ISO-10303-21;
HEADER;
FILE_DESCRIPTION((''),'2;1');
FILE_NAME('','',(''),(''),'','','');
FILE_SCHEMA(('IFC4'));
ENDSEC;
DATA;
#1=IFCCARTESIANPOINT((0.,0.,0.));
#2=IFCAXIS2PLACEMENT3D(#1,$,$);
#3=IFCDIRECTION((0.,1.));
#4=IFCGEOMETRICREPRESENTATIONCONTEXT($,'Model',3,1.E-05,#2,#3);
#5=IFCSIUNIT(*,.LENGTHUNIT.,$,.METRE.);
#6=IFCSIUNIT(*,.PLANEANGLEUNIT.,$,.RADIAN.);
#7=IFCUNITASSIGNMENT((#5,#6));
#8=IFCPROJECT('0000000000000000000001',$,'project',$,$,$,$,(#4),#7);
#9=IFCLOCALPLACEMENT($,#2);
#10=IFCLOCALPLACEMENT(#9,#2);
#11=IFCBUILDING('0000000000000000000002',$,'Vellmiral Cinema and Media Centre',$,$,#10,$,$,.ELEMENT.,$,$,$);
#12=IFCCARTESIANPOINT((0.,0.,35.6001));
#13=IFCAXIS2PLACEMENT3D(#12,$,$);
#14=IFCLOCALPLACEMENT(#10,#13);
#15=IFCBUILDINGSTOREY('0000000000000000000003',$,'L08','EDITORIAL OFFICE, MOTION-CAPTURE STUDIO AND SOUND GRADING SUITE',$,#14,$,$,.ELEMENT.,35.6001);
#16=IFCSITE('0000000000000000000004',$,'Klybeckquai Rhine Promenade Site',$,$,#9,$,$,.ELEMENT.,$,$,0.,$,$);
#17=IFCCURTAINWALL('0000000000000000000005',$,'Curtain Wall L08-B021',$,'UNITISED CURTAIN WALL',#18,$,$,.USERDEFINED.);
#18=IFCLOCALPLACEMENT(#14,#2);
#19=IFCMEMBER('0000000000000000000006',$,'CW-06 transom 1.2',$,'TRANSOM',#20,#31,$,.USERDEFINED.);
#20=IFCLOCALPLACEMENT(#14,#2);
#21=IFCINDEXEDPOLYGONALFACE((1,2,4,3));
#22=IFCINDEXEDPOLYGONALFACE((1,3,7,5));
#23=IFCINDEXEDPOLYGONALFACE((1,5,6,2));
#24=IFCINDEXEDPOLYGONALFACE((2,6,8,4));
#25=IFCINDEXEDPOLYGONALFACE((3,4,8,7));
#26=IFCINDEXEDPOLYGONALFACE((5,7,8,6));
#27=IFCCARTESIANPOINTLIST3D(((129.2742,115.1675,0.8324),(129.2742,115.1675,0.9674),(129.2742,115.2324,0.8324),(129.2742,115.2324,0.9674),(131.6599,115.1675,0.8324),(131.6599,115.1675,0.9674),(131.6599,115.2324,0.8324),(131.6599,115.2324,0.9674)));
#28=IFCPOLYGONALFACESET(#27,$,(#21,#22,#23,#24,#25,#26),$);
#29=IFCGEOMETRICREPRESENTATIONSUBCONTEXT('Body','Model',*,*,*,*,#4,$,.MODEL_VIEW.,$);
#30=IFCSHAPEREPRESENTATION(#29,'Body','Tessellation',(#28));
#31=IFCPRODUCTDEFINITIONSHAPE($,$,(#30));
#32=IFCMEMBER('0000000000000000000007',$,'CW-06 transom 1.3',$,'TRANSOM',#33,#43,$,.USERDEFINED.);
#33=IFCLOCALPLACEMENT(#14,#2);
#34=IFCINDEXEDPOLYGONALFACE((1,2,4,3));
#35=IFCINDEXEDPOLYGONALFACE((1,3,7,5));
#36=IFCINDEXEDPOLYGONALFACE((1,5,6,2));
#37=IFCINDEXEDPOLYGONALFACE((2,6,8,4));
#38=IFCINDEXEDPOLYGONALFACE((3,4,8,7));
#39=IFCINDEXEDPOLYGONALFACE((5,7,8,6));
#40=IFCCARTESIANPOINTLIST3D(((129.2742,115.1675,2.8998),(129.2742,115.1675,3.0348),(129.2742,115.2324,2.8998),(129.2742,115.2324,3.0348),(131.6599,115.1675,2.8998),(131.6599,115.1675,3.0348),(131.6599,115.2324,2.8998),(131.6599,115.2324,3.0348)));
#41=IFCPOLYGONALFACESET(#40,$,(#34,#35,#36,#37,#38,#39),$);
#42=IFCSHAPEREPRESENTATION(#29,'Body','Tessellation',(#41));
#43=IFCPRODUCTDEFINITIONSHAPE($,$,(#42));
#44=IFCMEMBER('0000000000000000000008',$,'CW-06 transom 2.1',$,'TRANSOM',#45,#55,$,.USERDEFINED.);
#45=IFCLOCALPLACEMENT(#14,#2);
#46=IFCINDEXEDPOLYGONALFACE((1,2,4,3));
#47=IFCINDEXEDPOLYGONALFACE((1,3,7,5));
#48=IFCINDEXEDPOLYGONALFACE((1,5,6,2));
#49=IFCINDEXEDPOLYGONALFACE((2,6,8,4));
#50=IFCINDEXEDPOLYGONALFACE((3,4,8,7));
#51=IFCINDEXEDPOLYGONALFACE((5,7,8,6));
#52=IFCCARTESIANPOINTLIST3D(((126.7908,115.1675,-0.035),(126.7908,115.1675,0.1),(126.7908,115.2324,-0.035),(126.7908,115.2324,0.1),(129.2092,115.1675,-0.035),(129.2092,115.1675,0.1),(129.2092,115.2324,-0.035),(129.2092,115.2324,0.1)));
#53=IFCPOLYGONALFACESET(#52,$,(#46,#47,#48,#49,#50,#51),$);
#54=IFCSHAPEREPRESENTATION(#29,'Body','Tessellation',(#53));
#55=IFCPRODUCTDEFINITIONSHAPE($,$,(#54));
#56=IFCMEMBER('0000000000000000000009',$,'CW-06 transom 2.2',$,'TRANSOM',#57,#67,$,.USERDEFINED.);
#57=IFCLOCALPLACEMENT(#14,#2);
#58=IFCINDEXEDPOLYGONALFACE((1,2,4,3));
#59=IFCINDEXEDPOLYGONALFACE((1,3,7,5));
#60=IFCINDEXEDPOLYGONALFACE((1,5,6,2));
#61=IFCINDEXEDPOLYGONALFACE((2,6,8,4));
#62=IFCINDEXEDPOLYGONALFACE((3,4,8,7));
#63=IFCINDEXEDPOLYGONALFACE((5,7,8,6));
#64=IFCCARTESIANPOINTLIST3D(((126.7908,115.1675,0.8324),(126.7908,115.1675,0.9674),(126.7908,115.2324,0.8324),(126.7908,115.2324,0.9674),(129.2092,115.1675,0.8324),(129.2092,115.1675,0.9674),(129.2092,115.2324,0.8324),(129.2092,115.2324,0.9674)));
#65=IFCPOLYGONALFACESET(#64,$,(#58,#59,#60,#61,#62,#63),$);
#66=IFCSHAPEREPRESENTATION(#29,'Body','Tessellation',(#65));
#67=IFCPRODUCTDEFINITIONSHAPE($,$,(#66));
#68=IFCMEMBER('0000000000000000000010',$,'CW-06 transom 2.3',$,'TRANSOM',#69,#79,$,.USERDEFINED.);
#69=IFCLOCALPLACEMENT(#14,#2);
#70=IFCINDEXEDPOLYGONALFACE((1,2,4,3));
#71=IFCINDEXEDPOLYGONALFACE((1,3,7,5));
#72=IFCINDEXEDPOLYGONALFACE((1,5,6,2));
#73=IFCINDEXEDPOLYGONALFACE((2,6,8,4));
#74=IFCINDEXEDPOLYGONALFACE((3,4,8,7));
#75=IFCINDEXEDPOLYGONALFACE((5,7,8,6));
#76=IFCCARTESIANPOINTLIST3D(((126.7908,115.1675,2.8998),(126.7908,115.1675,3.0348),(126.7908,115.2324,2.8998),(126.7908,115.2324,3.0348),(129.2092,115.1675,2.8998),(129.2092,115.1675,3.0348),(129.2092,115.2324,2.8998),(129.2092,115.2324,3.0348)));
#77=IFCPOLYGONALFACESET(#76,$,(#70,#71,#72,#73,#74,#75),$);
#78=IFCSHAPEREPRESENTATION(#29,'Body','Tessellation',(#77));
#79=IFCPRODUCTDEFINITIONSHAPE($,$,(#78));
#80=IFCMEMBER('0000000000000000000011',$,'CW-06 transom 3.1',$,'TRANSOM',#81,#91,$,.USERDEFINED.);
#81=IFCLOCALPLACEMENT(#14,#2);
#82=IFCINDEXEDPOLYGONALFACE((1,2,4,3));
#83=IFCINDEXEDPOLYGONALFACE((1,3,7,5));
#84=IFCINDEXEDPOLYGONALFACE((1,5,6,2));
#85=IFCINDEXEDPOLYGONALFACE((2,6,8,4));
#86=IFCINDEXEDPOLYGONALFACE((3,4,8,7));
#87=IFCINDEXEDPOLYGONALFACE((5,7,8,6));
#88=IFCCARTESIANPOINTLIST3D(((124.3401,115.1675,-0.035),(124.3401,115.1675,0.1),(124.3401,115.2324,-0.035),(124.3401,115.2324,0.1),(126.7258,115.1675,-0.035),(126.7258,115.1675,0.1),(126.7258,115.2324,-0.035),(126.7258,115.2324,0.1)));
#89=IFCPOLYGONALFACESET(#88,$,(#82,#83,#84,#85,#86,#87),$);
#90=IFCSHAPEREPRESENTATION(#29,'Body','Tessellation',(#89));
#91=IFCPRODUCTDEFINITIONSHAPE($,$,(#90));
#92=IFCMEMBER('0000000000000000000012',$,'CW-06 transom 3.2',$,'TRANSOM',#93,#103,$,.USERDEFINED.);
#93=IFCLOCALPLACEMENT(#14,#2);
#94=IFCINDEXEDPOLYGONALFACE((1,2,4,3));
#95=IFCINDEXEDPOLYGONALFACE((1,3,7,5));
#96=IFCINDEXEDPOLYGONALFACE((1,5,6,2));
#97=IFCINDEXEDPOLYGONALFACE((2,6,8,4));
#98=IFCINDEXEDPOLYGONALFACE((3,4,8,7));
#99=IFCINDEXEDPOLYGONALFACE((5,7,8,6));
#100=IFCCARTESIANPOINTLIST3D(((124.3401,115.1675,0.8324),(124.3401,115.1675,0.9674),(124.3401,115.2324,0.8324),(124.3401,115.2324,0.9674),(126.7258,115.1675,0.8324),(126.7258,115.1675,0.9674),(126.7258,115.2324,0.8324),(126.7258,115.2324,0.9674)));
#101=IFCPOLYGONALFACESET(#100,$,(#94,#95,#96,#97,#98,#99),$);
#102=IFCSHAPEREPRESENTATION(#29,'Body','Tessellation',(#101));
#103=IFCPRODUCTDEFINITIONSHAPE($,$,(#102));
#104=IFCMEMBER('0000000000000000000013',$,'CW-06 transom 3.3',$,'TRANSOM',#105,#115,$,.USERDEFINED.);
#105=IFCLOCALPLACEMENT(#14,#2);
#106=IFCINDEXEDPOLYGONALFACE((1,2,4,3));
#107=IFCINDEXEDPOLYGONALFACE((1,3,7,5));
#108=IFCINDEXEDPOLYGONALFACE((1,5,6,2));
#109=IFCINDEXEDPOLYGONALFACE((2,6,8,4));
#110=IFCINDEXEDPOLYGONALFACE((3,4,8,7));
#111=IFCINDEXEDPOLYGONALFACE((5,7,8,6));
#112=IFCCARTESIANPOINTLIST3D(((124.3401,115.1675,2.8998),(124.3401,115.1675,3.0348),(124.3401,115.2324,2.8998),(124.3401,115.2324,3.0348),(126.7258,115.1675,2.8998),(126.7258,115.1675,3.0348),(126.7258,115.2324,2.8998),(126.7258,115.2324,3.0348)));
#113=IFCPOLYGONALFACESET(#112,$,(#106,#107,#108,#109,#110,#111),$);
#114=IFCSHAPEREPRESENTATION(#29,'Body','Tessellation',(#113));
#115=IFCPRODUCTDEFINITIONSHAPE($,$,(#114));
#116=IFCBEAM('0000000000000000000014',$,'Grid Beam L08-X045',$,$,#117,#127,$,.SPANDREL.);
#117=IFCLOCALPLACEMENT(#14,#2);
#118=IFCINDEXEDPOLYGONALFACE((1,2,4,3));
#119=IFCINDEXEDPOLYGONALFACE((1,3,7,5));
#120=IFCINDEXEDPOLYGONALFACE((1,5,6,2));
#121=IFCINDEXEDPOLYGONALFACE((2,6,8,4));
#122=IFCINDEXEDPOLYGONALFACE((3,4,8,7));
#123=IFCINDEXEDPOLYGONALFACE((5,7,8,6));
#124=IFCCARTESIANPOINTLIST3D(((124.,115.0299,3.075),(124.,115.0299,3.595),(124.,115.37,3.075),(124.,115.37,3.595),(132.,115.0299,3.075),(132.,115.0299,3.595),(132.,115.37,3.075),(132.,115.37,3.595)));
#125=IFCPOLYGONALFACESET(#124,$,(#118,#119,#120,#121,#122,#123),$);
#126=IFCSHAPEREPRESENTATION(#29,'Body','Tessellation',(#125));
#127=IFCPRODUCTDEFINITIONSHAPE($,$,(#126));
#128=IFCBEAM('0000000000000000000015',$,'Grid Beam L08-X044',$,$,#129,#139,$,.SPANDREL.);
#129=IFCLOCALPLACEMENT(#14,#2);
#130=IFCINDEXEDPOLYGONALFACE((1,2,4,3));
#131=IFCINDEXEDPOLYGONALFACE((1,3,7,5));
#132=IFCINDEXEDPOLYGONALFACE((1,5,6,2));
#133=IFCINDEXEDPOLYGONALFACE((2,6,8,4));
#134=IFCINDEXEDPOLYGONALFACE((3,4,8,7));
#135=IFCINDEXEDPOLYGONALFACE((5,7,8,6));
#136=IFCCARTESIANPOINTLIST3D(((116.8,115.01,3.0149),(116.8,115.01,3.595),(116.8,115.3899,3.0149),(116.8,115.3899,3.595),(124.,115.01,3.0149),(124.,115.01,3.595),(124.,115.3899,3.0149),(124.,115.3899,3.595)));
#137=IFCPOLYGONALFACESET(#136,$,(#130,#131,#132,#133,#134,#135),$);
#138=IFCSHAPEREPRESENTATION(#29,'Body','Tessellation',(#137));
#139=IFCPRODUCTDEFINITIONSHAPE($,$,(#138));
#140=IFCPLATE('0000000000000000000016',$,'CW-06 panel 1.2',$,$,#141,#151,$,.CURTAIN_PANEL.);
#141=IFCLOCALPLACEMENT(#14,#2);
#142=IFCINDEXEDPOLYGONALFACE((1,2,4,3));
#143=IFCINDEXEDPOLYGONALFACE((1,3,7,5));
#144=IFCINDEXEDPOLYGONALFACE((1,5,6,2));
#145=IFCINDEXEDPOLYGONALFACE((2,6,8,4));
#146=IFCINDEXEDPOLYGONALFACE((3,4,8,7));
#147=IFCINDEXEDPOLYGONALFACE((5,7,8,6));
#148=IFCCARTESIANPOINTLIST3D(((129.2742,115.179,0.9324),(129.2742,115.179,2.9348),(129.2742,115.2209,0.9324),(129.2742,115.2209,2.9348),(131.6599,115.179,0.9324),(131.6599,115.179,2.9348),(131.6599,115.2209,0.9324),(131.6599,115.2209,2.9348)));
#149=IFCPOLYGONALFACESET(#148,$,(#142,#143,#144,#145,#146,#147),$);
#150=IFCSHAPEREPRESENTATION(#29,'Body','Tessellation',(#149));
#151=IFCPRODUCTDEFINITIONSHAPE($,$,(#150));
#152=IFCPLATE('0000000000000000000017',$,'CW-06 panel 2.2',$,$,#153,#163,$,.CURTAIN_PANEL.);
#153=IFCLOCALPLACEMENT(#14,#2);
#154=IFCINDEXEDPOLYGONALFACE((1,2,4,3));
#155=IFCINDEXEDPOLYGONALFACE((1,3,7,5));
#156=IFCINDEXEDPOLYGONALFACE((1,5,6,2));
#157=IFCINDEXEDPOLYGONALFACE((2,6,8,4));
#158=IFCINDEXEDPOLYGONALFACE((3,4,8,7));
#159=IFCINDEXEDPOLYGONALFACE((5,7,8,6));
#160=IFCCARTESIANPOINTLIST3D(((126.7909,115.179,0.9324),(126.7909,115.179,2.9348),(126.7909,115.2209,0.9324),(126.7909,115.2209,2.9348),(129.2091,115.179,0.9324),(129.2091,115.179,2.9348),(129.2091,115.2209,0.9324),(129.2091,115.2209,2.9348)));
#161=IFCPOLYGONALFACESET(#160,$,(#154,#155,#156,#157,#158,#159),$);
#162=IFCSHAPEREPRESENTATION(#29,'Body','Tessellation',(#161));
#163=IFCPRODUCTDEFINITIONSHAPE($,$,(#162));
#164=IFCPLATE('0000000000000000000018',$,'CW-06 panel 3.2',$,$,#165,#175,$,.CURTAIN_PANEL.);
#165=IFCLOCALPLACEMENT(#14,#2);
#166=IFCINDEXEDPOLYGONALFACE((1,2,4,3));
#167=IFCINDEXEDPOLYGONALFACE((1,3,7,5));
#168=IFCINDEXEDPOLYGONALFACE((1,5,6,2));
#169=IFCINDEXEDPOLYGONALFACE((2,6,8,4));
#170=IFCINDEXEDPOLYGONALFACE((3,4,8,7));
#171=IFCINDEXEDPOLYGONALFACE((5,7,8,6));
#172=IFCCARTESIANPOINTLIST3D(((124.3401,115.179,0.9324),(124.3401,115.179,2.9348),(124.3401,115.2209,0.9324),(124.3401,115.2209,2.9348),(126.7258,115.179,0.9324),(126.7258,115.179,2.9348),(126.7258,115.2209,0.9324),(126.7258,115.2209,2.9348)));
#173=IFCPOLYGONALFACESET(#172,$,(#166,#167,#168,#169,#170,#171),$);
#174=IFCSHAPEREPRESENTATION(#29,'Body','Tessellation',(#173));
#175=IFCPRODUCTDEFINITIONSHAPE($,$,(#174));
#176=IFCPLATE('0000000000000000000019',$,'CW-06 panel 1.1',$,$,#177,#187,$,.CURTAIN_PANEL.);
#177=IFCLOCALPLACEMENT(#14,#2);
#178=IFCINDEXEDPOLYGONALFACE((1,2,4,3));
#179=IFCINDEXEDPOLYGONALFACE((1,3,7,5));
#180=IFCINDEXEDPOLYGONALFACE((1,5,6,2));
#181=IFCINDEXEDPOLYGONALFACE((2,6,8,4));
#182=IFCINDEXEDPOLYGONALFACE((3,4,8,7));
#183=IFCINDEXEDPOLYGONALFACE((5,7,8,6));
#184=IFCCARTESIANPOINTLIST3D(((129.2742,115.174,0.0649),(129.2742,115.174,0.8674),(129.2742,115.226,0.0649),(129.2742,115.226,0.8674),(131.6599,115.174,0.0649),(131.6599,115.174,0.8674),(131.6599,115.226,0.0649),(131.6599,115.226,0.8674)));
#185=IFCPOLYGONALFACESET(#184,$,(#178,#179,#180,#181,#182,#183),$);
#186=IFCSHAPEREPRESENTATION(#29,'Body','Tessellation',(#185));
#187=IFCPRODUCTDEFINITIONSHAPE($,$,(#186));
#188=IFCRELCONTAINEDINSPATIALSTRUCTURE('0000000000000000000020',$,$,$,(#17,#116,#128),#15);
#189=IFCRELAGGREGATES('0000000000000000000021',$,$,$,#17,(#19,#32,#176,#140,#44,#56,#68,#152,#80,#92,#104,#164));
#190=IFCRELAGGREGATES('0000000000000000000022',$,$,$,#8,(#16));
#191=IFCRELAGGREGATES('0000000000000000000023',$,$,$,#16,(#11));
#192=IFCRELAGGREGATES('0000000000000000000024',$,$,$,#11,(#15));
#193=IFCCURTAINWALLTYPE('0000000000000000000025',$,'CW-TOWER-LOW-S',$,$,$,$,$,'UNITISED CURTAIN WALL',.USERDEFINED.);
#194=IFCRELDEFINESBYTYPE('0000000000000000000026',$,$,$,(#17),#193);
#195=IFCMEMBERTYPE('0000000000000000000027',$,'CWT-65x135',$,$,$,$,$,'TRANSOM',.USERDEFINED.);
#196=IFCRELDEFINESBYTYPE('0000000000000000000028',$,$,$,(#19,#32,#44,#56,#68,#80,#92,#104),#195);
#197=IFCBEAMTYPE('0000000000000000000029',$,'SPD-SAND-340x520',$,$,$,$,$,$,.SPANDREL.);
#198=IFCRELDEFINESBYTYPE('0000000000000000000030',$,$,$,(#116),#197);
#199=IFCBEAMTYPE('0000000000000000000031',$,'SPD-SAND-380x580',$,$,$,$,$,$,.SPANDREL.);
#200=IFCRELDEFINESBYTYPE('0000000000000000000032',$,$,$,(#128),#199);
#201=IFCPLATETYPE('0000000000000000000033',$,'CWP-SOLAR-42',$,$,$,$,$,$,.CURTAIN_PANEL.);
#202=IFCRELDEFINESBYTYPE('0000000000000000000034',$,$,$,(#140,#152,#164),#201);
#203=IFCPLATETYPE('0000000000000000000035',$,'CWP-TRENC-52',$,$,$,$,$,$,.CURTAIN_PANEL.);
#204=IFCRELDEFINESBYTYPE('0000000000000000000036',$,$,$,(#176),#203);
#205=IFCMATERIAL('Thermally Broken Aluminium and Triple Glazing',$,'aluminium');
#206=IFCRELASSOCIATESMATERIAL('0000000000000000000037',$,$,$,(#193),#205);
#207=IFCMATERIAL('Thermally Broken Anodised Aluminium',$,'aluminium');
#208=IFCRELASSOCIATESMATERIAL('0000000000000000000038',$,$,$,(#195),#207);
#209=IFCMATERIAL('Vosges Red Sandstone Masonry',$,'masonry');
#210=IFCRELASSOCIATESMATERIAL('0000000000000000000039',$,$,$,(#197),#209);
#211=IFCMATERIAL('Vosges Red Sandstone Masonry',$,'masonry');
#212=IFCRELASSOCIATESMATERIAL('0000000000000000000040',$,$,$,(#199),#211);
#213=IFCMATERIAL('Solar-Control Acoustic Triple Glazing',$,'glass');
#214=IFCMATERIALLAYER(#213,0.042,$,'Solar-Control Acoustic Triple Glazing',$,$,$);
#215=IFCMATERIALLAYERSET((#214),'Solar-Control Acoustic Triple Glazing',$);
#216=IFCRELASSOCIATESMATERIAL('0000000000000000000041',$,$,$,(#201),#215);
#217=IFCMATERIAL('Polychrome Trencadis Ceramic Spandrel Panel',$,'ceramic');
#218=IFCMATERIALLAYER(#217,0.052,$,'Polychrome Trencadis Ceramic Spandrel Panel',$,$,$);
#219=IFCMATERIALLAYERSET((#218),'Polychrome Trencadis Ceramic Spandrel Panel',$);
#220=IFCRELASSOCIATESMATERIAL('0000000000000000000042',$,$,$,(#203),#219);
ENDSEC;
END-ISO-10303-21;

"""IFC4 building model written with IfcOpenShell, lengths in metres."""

from ifc_helpers import new_model, si_unit, direction, frame, origin, origin_2d, place, context, subcontext, project, spatial, rectangle, extrude, material, layer, layer_set, material_profile, profile_set, type_object, element, aggregate, save


model = new_model("IFC4")

# Units and contexts
model_context = context("Model", 3, precision=1e-05, world=origin(), true_north=direction((0.0, 1.0)))
body_context = subcontext(model_context, "Body", "Model", "MODEL_VIEW")
ifc_project = project(units=[si_unit("LENGTHUNIT", "METRE"), si_unit("PLANEANGLEUNIT", "RADIAN")], contexts=[model_context])

# Site, building, storey
site_placement = place(None, origin())
site = spatial("IfcSite", under=ifc_project, at=site_placement, Name="Klybeckquai Rhine Promenade Site", CompositionType="ELEMENT", RefElevation=0.0)
building_placement = place(site_placement, origin())
building = spatial("IfcBuilding", under=site, at=building_placement, Name="Vellmiral Cinema and Media Centre", CompositionType="ELEMENT")
storey_placement = place(building_placement, frame((0.0, 0.0, 35.6001)))
storey = spatial("IfcBuildingStorey", under=building, at=storey_placement, Name="L08", Description="EDITORIAL OFFICE, MOTION-CAPTURE STUDIO AND SOUND GRADING SUITE", CompositionType="ELEMENT", Elevation=35.6001)

# Curtain wall, members
ifc_material_1 = material(Name="Thermally Broken Aluminium and Triple Glazing", Category="aluminium")
curtain_wall_type = type_object("IfcCurtainWallType", Name="CW-TOWER-LOW-S", ElementType="UNITISED CURTAIN WALL", PredefinedType="USERDEFINED", material=ifc_material_1)
curtain_wall_placement = place(storey_placement, origin())
curtain_wall = element("IfcCurtainWall", 1, at=curtain_wall_placement, inside=storey, type_object=curtain_wall_type, Name="Curtain Wall L08-B021", ObjectType="UNITISED CURTAIN WALL", PredefinedType="USERDEFINED")
ifc_material_2 = material(Name="Thermally Broken Anodised Aluminium", Category="aluminium")
ifc_material_profile_1 = material_profile(ifc_material_2, rectangle(XDim=0.0649, YDim=0.135, at=origin_2d()), Name="MULL 65x135")
ifc_profile_set_1 = profile_set([ifc_material_profile_1], Name="Thermally Broken Anodised Aluminium")
member_type_1 = type_object("IfcMemberType", Name="CWT-65x135", ElementType="TRANSOM", PredefinedType="USERDEFINED", material=ifc_profile_set_1)
member_1_placement = place(storey_placement, frame((131.6599, 115.2, 0.8999), z_axis=(-1.0, 0.0, 0.0), x_axis=(0.0, -1.0, 0.0)))
member_1 = element("IfcMember", 2, at=member_1_placement, type_object=member_type_1, Name="CW-06 transom 1.2", ObjectType="TRANSOM", PredefinedType="USERDEFINED", context=body_context, shape_type="SweptSolid", body=[
    extrude(rectangle(XDim=0.0649, YDim=0.135, at=origin_2d()), origin(), (0.0, 0.0, 1.0), 2.3857),
])
member_2_placement = place(storey_placement, frame((131.6599, 115.2, 2.9673), z_axis=(-1.0, 0.0, 0.0), x_axis=(0.0, -1.0, 0.0)))
member_2 = element("IfcMember", 3, at=member_2_placement, type_object=member_type_1, Name="CW-06 transom 1.3", ObjectType="TRANSOM", PredefinedType="USERDEFINED", context=body_context, shape_type="SweptSolid", body=[
    extrude(rectangle(XDim=0.0649, YDim=0.135, at=origin_2d()), origin(), (0.0, 0.0, 1.0), 2.3857),
])
member_3_placement = place(storey_placement, frame((129.2092, 115.2, 0.0325), z_axis=(-1.0, 0.0, 0.0), x_axis=(0.0, -1.0, 0.0)))
member_3 = element("IfcMember", 4, at=member_3_placement, type_object=member_type_1, Name="CW-06 transom 2.1", ObjectType="TRANSOM", PredefinedType="USERDEFINED", context=body_context, shape_type="SweptSolid", body=[
    extrude(rectangle(XDim=0.0649, YDim=0.135, at=origin_2d()), origin(), (0.0, 0.0, 1.0), 2.4185),
])
member_4_placement = place(storey_placement, frame((129.2092, 115.2, 0.8999), z_axis=(-1.0, 0.0, 0.0), x_axis=(0.0, -1.0, 0.0)))
member_4 = element("IfcMember", 5, at=member_4_placement, type_object=member_type_1, Name="CW-06 transom 2.2", ObjectType="TRANSOM", PredefinedType="USERDEFINED", context=body_context, shape_type="SweptSolid", body=[
    extrude(rectangle(XDim=0.0649, YDim=0.135, at=origin_2d()), origin(), (0.0, 0.0, 1.0), 2.4185),
])
member_5_placement = place(storey_placement, frame((129.2092, 115.2, 2.9673), z_axis=(-1.0, 0.0, 0.0), x_axis=(0.0, -1.0, 0.0)))
member_5 = element("IfcMember", 6, at=member_5_placement, type_object=member_type_1, Name="CW-06 transom 2.3", ObjectType="TRANSOM", PredefinedType="USERDEFINED", context=body_context, shape_type="SweptSolid", body=[
    extrude(rectangle(XDim=0.0649, YDim=0.135, at=origin_2d()), origin(), (0.0, 0.0, 1.0), 2.4185),
])
member_6_placement = place(storey_placement, frame((126.7258, 115.2, 0.0325), z_axis=(-1.0, 0.0, 0.0), x_axis=(0.0, -1.0, 0.0)))
member_6 = element("IfcMember", 7, at=member_6_placement, type_object=member_type_1, Name="CW-06 transom 3.1", ObjectType="TRANSOM", PredefinedType="USERDEFINED", context=body_context, shape_type="SweptSolid", body=[
    extrude(rectangle(XDim=0.0649, YDim=0.135, at=origin_2d()), origin(), (0.0, 0.0, 1.0), 2.3857),
])
member_7_placement = place(storey_placement, frame((126.7258, 115.2, 0.8999), z_axis=(-1.0, 0.0, 0.0), x_axis=(0.0, -1.0, 0.0)))
member_7 = element("IfcMember", 8, at=member_7_placement, type_object=member_type_1, Name="CW-06 transom 3.2", ObjectType="TRANSOM", PredefinedType="USERDEFINED", context=body_context, shape_type="SweptSolid", body=[
    extrude(rectangle(XDim=0.0649, YDim=0.135, at=origin_2d()), origin(), (0.0, 0.0, 1.0), 2.3857),
])
member_8_placement = place(storey_placement, frame((126.7258, 115.2, 2.9673), z_axis=(-1.0, 0.0, 0.0), x_axis=(0.0, -1.0, 0.0)))
member_8 = element("IfcMember", 9, at=member_8_placement, type_object=member_type_1, Name="CW-06 transom 3.3", ObjectType="TRANSOM", PredefinedType="USERDEFINED", context=body_context, shape_type="SweptSolid", body=[
    extrude(rectangle(XDim=0.0649, YDim=0.135, at=origin_2d()), origin(), (0.0, 0.0, 1.0), 2.3857),
])

# Beams
ifc_material_3 = material(Name="Vosges Red Sandstone Masonry", Category="masonry")
ifc_material_profile_2 = material_profile(ifc_material_3, rectangle(XDim=0.3401, YDim=0.52, at=origin_2d()), Name="SAND 340x520")
ifc_profile_set_2 = profile_set([ifc_material_profile_2], Name="Vosges Red Sandstone Masonry")
beam_type_1 = type_object("IfcBeamType", Name="SPD-SAND-340x520", PredefinedType="SPANDREL", material=ifc_profile_set_2)
beam_1_placement = place(storey_placement, frame((124.0, 115.2, 3.335), z_axis=(1.0, 0.0, 0.0), x_axis=(0.0, 1.0, 0.0)))
element("IfcBeam", 10, at=beam_1_placement, inside=storey, type_object=beam_type_1, Name="Grid Beam L08-X045", PredefinedType="SPANDREL", context=body_context, shape_type="SweptSolid", body=[
    extrude(rectangle(XDim=0.3401, YDim=0.52, at=origin_2d()), origin(), (0.0, 0.0, 1.0), 8.0),
])
ifc_material_4 = material(Name="Vosges Red Sandstone Masonry", Category="masonry")
ifc_material_profile_3 = material_profile(ifc_material_4, rectangle(XDim=0.3799, YDim=0.5801, at=origin_2d()), Name="SAND 380x580")
ifc_profile_set_3 = profile_set([ifc_material_profile_3], Name="Vosges Red Sandstone Masonry")
beam_type_2 = type_object("IfcBeamType", Name="SPD-SAND-380x580", PredefinedType="SPANDREL", material=ifc_profile_set_3)
beam_2_placement = place(storey_placement, frame((116.8, 115.2, 3.3049), z_axis=(1.0, 0.0, 0.0), x_axis=(0.0, 1.0, 0.0)))
element("IfcBeam", 11, at=beam_2_placement, inside=storey, type_object=beam_type_2, Name="Grid Beam L08-X044", PredefinedType="SPANDREL", context=body_context, shape_type="SweptSolid", body=[
    extrude(rectangle(XDim=0.3799, YDim=0.5801, at=origin_2d()), origin(), (0.0, 0.0, 1.0), 7.2),
])

# Plates
ifc_material_5 = material(Name="Solar-Control Acoustic Triple Glazing", Category="glass")
ifc_layer_1 = layer(ifc_material_5, 0.042, Name="Solar-Control Acoustic Triple Glazing")
ifc_layer_set_1 = layer_set([ifc_layer_1], Name="Solar-Control Acoustic Triple Glazing")
plate_type_1 = type_object("IfcPlateType", Name="CWP-SOLAR-42", PredefinedType="CURTAIN_PANEL", material=ifc_layer_set_1)
plate_1_placement = place(storey_placement, frame((130.467, 115.2, 0.9324), z_axis=(0.0, 0.0, 1.0), x_axis=(-1.0, 0.0, 0.0)))
plate_1 = element("IfcPlate", 12, at=plate_1_placement, type_object=plate_type_1, Name="CW-06 panel 1.2", PredefinedType="CURTAIN_PANEL", context=body_context, shape_type="SweptSolid", body=[
    extrude(rectangle(XDim=2.3857, YDim=0.042, at=origin_2d()), origin(), (0.0, 0.0, 1.0), 2.0024),
])
plate_2_placement = place(storey_placement, frame((128.0, 115.2, 0.9324), z_axis=(0.0, 0.0, 1.0), x_axis=(-1.0, 0.0, 0.0)))
plate_2 = element("IfcPlate", 13, at=plate_2_placement, type_object=plate_type_1, Name="CW-06 panel 2.2", PredefinedType="CURTAIN_PANEL", context=body_context, shape_type="SweptSolid", body=[
    extrude(rectangle(XDim=2.4182, YDim=0.042, at=origin_2d()), origin(), (0.0, 0.0, 1.0), 2.0024),
])
plate_3_placement = place(storey_placement, frame((125.533, 115.2, 0.9324), z_axis=(0.0, 0.0, 1.0), x_axis=(-1.0, 0.0, 0.0)))
plate_3 = element("IfcPlate", 14, at=plate_3_placement, type_object=plate_type_1, Name="CW-06 panel 3.2", PredefinedType="CURTAIN_PANEL", context=body_context, shape_type="SweptSolid", body=[
    extrude(rectangle(XDim=2.3857, YDim=0.042, at=origin_2d()), origin(), (0.0, 0.0, 1.0), 2.0024),
])
ifc_material_6 = material(Name="Polychrome Trencadis Ceramic Spandrel Panel", Category="ceramic")
ifc_layer_2 = layer(ifc_material_6, 0.052, Name="Polychrome Trencadis Ceramic Spandrel Panel")
ifc_layer_set_2 = layer_set([ifc_layer_2], Name="Polychrome Trencadis Ceramic Spandrel Panel")
plate_type_2 = type_object("IfcPlateType", Name="CWP-TRENC-52", PredefinedType="CURTAIN_PANEL", material=ifc_layer_set_2)
plate_4_placement = place(storey_placement, frame((130.467, 115.2, 0.0649), z_axis=(0.0, 0.0, 1.0), x_axis=(-1.0, 0.0, 0.0)))
plate_4 = element("IfcPlate", 15, at=plate_4_placement, type_object=plate_type_2, Name="CW-06 panel 1.1", PredefinedType="CURTAIN_PANEL", context=body_context, shape_type="SweptSolid", body=[
    extrude(rectangle(XDim=2.3857, YDim=0.052, at=origin_2d()), origin(), (0.0, 0.0, 1.0), 0.8025),
])
aggregate(curtain_wall, [member_1, member_2, plate_4, plate_1, member_3, member_4, member_5, plate_2, member_6, member_7, member_8, plate_3])

save(model, "model.ifc")
